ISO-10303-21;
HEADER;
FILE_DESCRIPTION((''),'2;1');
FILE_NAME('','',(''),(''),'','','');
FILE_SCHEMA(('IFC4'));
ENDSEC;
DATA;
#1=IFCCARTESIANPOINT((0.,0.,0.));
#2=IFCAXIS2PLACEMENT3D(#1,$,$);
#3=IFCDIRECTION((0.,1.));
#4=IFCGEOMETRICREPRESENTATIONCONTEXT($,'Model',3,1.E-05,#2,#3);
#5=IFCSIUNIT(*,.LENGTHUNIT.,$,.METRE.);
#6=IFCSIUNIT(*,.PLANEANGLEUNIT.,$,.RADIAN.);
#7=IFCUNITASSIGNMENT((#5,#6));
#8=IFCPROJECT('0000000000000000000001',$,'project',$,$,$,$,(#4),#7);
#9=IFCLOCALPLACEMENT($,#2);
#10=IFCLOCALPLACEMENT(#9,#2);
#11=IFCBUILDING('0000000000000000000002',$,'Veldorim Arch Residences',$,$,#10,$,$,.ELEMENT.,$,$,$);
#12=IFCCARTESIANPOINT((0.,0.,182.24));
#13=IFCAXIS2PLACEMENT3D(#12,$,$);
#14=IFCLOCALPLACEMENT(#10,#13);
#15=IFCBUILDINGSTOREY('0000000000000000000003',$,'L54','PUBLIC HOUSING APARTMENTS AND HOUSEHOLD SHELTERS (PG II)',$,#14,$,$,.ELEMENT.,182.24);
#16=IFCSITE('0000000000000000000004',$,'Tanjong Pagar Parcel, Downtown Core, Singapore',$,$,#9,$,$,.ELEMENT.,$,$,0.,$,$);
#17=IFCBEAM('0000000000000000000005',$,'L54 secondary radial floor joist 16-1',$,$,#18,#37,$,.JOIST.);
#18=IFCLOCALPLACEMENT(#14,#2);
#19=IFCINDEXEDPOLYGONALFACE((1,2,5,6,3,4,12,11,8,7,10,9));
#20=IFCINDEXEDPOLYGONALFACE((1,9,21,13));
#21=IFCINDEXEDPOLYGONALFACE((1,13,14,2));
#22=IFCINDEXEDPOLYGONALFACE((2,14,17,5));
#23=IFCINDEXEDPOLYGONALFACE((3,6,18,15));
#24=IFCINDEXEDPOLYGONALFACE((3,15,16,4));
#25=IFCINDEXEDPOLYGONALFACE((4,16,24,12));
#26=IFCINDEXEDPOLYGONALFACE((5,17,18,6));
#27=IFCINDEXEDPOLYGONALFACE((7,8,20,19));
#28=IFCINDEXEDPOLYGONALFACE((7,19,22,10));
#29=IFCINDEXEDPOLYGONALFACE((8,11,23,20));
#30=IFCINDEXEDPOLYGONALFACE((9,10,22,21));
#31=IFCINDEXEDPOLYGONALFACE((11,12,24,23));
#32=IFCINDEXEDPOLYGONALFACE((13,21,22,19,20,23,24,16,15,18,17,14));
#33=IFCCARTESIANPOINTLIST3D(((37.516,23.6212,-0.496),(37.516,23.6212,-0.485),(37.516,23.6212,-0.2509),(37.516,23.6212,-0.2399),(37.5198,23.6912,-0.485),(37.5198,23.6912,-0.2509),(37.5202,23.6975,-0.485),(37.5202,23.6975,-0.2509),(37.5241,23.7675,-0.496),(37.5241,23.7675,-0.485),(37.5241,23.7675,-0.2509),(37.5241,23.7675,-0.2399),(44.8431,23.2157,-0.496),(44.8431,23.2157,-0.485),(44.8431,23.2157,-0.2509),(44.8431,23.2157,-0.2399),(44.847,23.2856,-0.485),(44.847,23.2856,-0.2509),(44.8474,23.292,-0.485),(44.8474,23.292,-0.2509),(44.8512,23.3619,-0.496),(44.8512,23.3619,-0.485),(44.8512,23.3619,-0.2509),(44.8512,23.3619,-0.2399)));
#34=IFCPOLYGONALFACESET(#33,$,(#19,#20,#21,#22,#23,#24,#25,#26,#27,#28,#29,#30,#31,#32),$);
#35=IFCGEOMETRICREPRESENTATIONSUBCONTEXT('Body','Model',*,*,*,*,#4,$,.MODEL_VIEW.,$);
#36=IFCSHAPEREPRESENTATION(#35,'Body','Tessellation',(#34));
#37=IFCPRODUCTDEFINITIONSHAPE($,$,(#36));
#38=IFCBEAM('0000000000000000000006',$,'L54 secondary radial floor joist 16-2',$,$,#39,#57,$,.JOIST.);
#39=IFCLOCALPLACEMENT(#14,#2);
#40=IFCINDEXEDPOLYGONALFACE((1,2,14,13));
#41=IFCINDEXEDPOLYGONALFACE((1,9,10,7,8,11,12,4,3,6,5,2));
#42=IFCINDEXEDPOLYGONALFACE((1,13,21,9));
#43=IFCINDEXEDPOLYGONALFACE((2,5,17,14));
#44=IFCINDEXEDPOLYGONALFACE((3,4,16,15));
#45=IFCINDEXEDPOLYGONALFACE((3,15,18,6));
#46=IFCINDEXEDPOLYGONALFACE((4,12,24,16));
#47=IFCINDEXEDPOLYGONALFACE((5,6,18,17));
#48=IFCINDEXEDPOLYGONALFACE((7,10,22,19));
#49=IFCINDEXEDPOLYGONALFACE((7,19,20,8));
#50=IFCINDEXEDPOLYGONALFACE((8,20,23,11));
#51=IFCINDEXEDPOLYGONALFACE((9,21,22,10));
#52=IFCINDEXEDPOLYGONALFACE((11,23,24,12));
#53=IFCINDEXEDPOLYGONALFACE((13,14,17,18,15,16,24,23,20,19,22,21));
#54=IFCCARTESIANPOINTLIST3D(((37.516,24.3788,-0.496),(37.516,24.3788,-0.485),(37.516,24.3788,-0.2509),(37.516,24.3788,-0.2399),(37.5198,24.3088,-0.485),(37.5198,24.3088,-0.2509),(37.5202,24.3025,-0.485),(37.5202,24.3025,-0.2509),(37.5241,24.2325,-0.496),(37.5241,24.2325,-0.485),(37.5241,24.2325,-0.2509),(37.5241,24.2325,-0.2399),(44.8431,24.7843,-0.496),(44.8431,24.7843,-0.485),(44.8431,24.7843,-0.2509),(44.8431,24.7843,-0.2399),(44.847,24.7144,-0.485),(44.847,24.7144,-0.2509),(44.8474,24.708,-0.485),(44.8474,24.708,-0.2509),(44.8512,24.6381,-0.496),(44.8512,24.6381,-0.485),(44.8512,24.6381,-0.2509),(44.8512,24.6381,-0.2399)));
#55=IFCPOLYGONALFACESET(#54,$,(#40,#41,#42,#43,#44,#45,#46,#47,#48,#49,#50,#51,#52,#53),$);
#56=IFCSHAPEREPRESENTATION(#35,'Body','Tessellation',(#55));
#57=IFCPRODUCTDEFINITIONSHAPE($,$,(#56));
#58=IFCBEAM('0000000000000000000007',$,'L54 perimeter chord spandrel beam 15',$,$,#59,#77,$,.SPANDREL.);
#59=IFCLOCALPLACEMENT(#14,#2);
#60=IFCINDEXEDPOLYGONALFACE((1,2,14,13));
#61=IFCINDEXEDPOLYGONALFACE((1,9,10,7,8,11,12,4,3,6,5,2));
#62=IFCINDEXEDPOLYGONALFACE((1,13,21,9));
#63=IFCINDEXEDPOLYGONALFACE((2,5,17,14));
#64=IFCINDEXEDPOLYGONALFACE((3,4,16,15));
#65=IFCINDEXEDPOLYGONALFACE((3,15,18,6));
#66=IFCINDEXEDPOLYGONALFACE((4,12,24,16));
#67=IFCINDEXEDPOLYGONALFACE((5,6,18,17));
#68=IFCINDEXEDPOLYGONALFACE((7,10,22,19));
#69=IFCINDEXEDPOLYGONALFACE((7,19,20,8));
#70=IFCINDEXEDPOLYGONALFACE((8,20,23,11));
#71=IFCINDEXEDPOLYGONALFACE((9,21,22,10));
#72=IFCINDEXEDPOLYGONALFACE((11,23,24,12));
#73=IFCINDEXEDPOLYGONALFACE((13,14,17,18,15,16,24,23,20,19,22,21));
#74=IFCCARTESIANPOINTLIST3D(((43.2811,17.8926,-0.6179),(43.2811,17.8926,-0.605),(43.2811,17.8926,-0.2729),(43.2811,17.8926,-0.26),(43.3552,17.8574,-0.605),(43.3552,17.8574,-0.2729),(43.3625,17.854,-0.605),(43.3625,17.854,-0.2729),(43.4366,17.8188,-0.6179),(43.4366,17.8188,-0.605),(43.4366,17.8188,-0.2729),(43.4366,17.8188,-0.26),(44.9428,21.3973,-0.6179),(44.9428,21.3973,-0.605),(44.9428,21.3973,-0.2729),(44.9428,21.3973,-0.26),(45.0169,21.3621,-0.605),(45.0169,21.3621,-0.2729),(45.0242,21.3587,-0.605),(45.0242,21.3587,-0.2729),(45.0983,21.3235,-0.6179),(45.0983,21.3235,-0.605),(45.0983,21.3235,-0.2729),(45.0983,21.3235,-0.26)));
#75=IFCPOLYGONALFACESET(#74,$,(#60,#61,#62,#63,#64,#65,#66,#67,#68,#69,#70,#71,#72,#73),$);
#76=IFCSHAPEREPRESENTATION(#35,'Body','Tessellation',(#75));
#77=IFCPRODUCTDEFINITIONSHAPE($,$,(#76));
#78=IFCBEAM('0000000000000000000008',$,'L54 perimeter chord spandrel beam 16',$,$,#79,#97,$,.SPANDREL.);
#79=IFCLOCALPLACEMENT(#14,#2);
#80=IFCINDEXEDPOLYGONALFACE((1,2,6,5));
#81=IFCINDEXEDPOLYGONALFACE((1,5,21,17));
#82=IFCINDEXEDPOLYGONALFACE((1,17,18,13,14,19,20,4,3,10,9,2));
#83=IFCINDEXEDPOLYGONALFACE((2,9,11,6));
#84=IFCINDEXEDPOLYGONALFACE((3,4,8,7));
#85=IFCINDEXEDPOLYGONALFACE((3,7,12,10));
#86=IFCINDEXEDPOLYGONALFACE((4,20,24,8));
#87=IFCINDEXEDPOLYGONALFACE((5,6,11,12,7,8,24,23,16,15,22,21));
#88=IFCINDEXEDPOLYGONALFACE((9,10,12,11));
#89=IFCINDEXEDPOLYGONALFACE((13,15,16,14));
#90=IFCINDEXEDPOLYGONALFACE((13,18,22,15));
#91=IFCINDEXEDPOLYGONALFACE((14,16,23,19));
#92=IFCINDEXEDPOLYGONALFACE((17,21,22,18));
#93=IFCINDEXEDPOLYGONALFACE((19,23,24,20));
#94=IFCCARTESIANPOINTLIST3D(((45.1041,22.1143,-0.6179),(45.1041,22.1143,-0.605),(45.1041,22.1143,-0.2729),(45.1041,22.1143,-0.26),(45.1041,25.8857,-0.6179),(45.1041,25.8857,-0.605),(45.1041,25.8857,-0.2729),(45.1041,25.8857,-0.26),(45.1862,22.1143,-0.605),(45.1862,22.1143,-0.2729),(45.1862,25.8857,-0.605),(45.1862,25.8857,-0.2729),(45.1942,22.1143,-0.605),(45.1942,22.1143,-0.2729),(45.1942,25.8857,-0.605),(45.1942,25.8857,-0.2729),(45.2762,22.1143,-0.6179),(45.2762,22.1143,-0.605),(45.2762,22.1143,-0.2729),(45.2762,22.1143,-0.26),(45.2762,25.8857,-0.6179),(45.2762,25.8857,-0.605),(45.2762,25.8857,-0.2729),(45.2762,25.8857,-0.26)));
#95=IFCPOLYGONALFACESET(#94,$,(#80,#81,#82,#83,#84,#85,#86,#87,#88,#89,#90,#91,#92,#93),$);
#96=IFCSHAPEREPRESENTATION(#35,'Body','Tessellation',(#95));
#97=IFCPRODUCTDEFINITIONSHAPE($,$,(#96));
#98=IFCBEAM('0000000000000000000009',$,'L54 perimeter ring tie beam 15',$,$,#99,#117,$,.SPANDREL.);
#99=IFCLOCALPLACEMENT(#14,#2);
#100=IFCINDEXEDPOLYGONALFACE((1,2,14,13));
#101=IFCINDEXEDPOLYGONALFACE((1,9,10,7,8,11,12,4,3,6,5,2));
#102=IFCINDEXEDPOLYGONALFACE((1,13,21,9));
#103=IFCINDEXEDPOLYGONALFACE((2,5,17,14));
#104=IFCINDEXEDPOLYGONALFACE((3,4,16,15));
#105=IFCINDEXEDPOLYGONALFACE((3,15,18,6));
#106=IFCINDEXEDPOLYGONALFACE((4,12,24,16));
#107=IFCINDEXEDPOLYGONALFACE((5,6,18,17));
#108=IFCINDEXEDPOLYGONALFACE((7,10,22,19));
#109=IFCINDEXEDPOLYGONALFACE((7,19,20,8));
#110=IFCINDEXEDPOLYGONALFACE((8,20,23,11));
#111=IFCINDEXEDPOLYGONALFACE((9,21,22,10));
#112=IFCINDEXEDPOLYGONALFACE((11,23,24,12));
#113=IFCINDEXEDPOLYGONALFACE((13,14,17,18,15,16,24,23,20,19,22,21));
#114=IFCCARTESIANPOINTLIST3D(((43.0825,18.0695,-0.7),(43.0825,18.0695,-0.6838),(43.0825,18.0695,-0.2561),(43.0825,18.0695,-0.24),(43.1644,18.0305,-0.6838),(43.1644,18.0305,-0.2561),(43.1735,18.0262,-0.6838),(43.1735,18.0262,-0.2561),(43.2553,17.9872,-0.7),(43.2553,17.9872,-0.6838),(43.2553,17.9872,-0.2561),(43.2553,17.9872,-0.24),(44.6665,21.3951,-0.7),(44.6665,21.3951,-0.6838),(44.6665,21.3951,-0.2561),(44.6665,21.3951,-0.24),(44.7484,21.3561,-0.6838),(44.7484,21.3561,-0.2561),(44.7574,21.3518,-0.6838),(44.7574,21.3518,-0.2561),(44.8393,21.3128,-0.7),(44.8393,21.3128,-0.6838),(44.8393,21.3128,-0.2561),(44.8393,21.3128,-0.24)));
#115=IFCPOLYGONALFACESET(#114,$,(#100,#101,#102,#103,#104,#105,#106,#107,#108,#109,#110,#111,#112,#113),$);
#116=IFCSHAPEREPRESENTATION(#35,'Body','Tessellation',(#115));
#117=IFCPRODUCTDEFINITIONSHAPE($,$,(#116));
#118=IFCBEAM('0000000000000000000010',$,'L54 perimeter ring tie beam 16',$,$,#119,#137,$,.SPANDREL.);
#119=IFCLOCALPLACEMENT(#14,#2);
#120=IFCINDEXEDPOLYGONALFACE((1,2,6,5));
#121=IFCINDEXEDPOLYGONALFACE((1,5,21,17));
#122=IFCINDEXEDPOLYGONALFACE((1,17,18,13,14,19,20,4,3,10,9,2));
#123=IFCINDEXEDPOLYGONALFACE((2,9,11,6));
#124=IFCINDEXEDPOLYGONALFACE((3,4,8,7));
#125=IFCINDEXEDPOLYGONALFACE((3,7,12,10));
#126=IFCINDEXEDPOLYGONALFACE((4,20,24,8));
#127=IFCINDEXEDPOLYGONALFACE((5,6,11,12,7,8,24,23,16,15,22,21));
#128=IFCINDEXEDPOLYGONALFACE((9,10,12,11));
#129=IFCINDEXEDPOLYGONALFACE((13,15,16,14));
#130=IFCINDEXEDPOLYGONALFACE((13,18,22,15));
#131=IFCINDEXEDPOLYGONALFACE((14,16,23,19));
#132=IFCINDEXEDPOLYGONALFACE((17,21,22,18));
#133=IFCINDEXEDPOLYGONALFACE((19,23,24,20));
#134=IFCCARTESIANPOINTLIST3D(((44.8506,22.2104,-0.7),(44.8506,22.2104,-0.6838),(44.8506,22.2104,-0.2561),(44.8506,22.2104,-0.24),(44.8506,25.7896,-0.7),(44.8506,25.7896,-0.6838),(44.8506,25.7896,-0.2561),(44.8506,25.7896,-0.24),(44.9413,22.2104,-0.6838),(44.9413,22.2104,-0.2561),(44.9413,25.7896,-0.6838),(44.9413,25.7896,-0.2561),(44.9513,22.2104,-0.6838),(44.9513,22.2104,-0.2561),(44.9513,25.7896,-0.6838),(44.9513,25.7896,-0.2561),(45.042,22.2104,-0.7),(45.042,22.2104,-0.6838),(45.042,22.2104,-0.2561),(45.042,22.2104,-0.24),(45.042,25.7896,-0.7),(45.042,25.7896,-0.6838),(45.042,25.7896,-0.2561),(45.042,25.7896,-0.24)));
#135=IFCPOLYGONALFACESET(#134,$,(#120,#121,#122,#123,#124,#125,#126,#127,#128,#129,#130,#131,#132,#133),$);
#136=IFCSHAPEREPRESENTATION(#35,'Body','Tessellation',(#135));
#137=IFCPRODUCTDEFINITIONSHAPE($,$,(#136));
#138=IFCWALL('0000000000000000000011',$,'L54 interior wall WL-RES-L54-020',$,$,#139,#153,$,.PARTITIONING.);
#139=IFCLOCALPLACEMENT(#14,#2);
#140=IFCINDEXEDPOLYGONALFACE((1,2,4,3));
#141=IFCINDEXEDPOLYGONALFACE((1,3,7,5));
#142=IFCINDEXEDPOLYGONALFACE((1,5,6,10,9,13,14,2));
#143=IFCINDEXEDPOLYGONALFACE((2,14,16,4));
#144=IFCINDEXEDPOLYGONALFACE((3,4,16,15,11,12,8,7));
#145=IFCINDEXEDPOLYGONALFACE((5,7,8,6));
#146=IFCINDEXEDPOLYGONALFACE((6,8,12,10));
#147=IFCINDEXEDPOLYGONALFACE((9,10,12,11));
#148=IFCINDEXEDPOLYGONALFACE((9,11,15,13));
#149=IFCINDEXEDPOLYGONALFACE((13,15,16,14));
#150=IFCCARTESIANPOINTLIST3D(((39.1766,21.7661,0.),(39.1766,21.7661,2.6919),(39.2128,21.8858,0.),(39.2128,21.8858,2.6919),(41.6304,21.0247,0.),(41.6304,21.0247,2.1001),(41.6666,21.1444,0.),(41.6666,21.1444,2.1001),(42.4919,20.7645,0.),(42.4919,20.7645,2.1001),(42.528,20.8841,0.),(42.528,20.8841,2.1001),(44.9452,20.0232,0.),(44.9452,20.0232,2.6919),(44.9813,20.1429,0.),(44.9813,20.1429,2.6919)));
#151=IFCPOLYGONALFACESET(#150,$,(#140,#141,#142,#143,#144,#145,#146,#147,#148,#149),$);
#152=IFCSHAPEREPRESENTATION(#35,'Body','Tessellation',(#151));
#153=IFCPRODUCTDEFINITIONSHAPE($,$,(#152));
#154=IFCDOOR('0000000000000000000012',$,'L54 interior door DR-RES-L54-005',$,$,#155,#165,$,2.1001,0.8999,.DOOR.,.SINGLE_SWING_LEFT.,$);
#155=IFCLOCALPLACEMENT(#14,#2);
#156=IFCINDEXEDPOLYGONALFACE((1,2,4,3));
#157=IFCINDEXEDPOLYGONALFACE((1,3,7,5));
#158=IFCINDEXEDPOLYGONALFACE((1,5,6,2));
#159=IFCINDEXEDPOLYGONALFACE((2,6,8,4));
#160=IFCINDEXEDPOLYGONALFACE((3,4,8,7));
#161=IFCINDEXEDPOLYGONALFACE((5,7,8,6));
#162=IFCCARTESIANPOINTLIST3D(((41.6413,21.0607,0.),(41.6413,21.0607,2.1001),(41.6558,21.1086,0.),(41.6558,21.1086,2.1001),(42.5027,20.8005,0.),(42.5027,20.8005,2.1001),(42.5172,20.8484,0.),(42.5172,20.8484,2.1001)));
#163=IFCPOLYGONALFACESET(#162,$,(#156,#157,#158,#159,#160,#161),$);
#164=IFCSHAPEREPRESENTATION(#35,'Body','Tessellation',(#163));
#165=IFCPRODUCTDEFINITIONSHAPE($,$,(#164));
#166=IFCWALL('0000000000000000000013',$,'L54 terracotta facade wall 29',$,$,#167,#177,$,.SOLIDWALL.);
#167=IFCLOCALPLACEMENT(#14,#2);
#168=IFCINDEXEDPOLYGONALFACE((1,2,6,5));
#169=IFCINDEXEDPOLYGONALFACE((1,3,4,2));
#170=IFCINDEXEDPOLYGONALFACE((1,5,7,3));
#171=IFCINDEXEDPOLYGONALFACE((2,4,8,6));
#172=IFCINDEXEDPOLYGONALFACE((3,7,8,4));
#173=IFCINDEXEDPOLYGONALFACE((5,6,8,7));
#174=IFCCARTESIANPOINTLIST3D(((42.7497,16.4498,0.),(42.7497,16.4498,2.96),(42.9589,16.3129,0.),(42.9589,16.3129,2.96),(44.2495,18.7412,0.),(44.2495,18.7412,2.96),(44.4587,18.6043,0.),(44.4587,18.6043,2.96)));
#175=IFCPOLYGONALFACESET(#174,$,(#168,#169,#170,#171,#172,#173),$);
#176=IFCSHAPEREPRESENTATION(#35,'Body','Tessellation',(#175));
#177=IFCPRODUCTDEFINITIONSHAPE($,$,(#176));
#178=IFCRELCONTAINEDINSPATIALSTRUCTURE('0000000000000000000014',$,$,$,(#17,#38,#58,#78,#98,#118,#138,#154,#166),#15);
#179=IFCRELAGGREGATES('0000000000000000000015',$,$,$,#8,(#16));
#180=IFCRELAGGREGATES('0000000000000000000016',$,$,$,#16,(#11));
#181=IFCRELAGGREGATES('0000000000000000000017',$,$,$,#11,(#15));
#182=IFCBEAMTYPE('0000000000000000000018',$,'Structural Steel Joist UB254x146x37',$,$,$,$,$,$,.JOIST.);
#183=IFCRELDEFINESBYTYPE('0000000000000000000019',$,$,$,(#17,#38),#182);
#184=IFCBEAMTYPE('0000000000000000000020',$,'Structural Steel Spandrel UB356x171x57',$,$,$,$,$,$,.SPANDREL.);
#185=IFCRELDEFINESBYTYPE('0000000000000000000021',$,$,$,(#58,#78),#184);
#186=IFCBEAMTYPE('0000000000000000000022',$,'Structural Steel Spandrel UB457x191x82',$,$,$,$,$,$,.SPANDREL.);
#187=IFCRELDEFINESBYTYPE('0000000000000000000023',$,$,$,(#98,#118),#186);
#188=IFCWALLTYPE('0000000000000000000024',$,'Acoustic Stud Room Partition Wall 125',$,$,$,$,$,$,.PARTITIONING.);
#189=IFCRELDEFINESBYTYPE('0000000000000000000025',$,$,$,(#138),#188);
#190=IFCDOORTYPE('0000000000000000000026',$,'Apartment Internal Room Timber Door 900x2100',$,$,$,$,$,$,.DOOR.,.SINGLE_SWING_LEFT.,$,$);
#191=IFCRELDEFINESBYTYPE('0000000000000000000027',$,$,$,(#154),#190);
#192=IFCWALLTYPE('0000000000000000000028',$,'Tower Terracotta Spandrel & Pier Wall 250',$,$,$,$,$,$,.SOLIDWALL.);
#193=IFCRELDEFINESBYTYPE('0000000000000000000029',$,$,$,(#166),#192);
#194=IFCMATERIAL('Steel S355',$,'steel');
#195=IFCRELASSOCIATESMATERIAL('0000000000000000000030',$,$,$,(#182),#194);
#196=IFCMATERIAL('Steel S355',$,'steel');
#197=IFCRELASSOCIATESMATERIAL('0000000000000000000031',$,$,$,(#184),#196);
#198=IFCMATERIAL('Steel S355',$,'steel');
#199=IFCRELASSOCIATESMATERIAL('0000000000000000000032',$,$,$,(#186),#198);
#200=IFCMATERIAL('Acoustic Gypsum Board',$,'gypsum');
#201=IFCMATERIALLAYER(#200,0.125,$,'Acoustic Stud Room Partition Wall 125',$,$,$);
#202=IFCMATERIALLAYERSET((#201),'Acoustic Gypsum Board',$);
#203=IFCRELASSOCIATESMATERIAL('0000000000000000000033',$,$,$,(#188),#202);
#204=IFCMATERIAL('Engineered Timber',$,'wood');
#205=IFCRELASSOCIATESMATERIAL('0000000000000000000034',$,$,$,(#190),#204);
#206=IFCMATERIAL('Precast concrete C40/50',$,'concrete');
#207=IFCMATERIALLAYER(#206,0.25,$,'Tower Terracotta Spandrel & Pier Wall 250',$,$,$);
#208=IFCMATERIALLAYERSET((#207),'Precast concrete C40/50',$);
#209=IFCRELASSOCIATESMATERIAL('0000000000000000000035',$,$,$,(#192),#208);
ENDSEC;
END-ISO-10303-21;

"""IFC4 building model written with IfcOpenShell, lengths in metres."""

from ifc_helpers import new_model, si_unit, direction, frame, frame_2d, origin, origin_2d, place, context, subcontext, project, spatial, rectangle, i_section, extrude, material, layer, layer_set, material_profile, profile_set, type_object, element, fill, save


model = new_model("IFC4")

# Units and contexts
model_context = context("Model", 3, precision=1e-05, world=origin(), true_north=direction((0.0, 1.0)))
body_context = subcontext(model_context, "Body", "Model", "MODEL_VIEW")
ifc_project = project(units=[si_unit("LENGTHUNIT", "METRE"), si_unit("PLANEANGLEUNIT", "RADIAN")], contexts=[model_context])

# Site, building, storey
site_placement = place(None, origin())
site = spatial("IfcSite", under=ifc_project, at=site_placement, Name="Tanjong Pagar Parcel, Downtown Core, Singapore", CompositionType="ELEMENT", RefElevation=0.0)
building_placement = place(site_placement, origin())
building = spatial("IfcBuilding", under=site, at=building_placement, Name="Veldorim Arch Residences", CompositionType="ELEMENT")
storey_placement = place(building_placement, frame((0.0, 0.0, 182.24)))
storey = spatial("IfcBuildingStorey", under=building, at=storey_placement, Name="L54", Description="PUBLIC HOUSING APARTMENTS AND HOUSEHOLD SHELTERS (PG II)", CompositionType="ELEMENT", Elevation=182.24)

# Beams
ifc_material_1 = material(Name="Steel S355", Category="steel")
ifc_material_profile_1 = material_profile(ifc_material_1, i_section(OverallWidth=0.1465, OverallDepth=0.2561, WebThickness=0.0063, FlangeThickness=0.011, at=origin_2d()), Name="UB254x146x37")
ifc_profile_set_1 = profile_set([ifc_material_profile_1], Name="Steel S355")
beam_type_1 = type_object("IfcBeamType", Name="Structural Steel Joist UB254x146x37", PredefinedType="JOIST", material=ifc_profile_set_1)
for number, where, z_axis, x_axis, name in (
    (1, (37.52, 23.6943, -0.3679), (0.998472, -0.05526, 0.0), (0.05526, 0.998472, 0.0), "L54 secondary radial floor joist 16-1"),
    (2, (37.52, 24.3057, -0.3679), (0.998472, 0.05526, 0.0), (-0.05526, 0.998472, 0.0), "L54 secondary radial floor joist 16-2"),
):
    element("IfcBeam", number, at=place(storey_placement, frame(where, z_axis=z_axis, x_axis=x_axis)), inside=storey, type_object=beam_type_1, Name=name, PredefinedType="JOIST", context=body_context, shape_type="SweptSolid", body=[
        extrude(i_section(OverallWidth=0.1465, OverallDepth=0.2561, WebThickness=0.0063, FlangeThickness=0.011, at=origin_2d()), origin(), (0.0, 0.0, 1.0), 7.3384),
    ])
ifc_material_2 = material(Name="Steel S355", Category="steel")
ifc_material_profile_2 = material_profile(ifc_material_2, i_section(OverallWidth=0.1721, OverallDepth=0.3579, WebThickness=0.0081, FlangeThickness=0.0129, at=origin_2d()), Name="UB356x171x57")
ifc_profile_set_2 = profile_set([ifc_material_profile_2], Name="Steel S355")
beam_type_2 = type_object("IfcBeamType", Name="Structural Steel Spandrel UB356x171x57", PredefinedType="SPANDREL", material=ifc_profile_set_2)
beam_1_placement = place(storey_placement, frame((43.3589, 17.8557, -0.439), z_axis=(0.428408, 0.903585, 0.0), x_axis=(-0.903585, 0.428408, 0.0)))
element("IfcBeam", 3, at=beam_1_placement, inside=storey, type_object=beam_type_2, Name="L54 perimeter chord spandrel beam 15", PredefinedType="SPANDREL", context=body_context, shape_type="SweptSolid", body=[
    extrude(i_section(OverallWidth=0.1721, OverallDepth=0.3579, WebThickness=0.0081, FlangeThickness=0.0129, at=origin_2d()), origin(), (0.0, 0.0, 1.0), 3.8787),
])
beam_2_placement = place(storey_placement, frame((45.1902, 22.1143, -0.439), z_axis=(0.0, 1.0, 0.0), x_axis=(-1.0, 0.0, 0.0)))
element("IfcBeam", 4, at=beam_2_placement, inside=storey, type_object=beam_type_2, Name="L54 perimeter chord spandrel beam 16", PredefinedType="SPANDREL", context=body_context, shape_type="SweptSolid", body=[
    extrude(i_section(OverallWidth=0.1721, OverallDepth=0.3579, WebThickness=0.0081, FlangeThickness=0.0129, at=origin_2d()), origin(), (0.0, 0.0, 1.0), 3.7715),
])
ifc_material_3 = material(Name="Steel S355", Category="steel")
ifc_material_profile_3 = material_profile(ifc_material_3, i_section(OverallWidth=0.1914, OverallDepth=0.46, WebThickness=0.01, FlangeThickness=0.0161, at=origin_2d()), Name="UB457x191x82")
ifc_profile_set_3 = profile_set([ifc_material_profile_3], Name="Steel S355")
beam_type_3 = type_object("IfcBeamType", Name="Structural Steel Spandrel UB457x191x82", PredefinedType="SPANDREL", material=ifc_profile_set_3)
beam_3_placement = place(storey_placement, frame((43.1689, 18.0283, -0.47), z_axis=(0.430006, 0.902826, 0.0), x_axis=(-0.902826, 0.430006, 0.0)))
element("IfcBeam", 5, at=beam_3_placement, inside=storey, type_object=beam_type_3, Name="L54 perimeter ring tie beam 15", PredefinedType="SPANDREL", context=body_context, shape_type="SweptSolid", body=[
    extrude(i_section(OverallWidth=0.1914, OverallDepth=0.46, WebThickness=0.01, FlangeThickness=0.0161, at=origin_2d()), origin(), (0.0, 0.0, 1.0), 3.6836),
])
beam_4_placement = place(storey_placement, frame((44.9463, 22.2104, -0.47), z_axis=(0.0, 1.0, 0.0), x_axis=(-1.0, 0.0, 0.0)))
element("IfcBeam", 6, at=beam_4_placement, inside=storey, type_object=beam_type_3, Name="L54 perimeter ring tie beam 16", PredefinedType="SPANDREL", context=body_context, shape_type="SweptSolid", body=[
    extrude(i_section(OverallWidth=0.1914, OverallDepth=0.46, WebThickness=0.01, FlangeThickness=0.0161, at=origin_2d()), origin(), (0.0, 0.0, 1.0), 3.5791),
])

# Wall, opening, door
ifc_material_4 = material(Name="Acoustic Gypsum Board", Category="gypsum")
ifc_layer_1 = layer(ifc_material_4, 0.125, Name="Acoustic Stud Room Partition Wall 125")
ifc_layer_set_1 = layer_set([ifc_layer_1], Name="Acoustic Gypsum Board")
wall_type_1 = type_object("IfcWallType", Name="Acoustic Stud Room Partition Wall 125", PredefinedType="PARTITIONING", material=ifc_layer_set_1)
wall_1_placement = place(storey_placement, frame((44.9634, 20.083, 0.0), z_axis=(0.0, 0.0, 1.0), x_axis=(-0.95726, 0.289228, 0.0)))
wall_1 = element("IfcWall", 7, at=wall_1_placement, inside=storey, type_object=wall_type_1, Name="L54 interior wall WL-RES-L54-020", PredefinedType="PARTITIONING", context=body_context, shape_type="SweptSolid", body=[
    extrude(rectangle(XDim=6.0261, YDim=0.125, at=frame_2d((3.0132, 0.0))), origin(), (0.0, 0.0, 1.0), 2.6919),
])
opening_1_placement = place(wall_1_placement, frame((2.563, 0.0, 0.0)))
opening_1 = element("IfcOpeningElement", 8, at=opening_1_placement, cuts=wall_1, PredefinedType="OPENING", context=body_context, shape_type="SweptSolid", body=[
    extrude(rectangle(XDim=0.8999, YDim=2.1001, at=frame_2d((0.45, 1.05))), frame((0.0, 0.0725, 0.0), z_axis=(0.0, -1.0, 0.0), x_axis=(1.0, 0.0, 0.0)), (0.0, 0.0, 1.0), 0.145),
])
ifc_material_5 = material(Name="Engineered Timber", Category="wood")
door_type_1 = type_object("IfcDoorType", Name="Apartment Internal Room Timber Door 900x2100", OperationType="SINGLE_SWING_LEFT", PredefinedType="DOOR", material=ifc_material_5)
door_1_placement = place(opening_1_placement, origin())
door_1 = element("IfcDoor", 9, at=door_1_placement, inside=storey, type_object=door_type_1, Name="L54 interior door DR-RES-L54-005", OperationType="SINGLE_SWING_LEFT", OverallHeight=2.1001, OverallWidth=0.8999, PredefinedType="DOOR", context=body_context, shape_type="SweptSolid", body=[
    extrude(rectangle(XDim=0.8999, YDim=2.1001, at=frame_2d((0.45, 1.05))), frame((0.0, 0.0249, 0.0), z_axis=(0.0, -1.0, 0.0), x_axis=(1.0, 0.0, 0.0)), (0.0, 0.0, 1.0), 0.05),
])
fill(opening_1, door_1)

# Wall
ifc_material_6 = material(Name="Precast concrete C40/50", Category="concrete")
ifc_layer_2 = layer(ifc_material_6, 0.25, Name="Tower Terracotta Spandrel & Pier Wall 250")
ifc_layer_set_2 = layer_set([ifc_layer_2], Name="Precast concrete C40/50")
wall_type_2 = type_object("IfcWallType", Name="Tower Terracotta Spandrel & Pier Wall 250", PredefinedType="SOLIDWALL", material=ifc_layer_set_2)
wall_2_placement = place(storey_placement, frame((44.354, 18.6726, 0.0), z_axis=(0.0, 0.0, 1.0), x_axis=(-0.547665, -0.836698, 0.0)))
element("IfcWall", 10, at=wall_2_placement, inside=storey, type_object=wall_type_2, Name="L54 terracotta facade wall 29", PredefinedType="SOLIDWALL", context=body_context, shape_type="SweptSolid", body=[
    extrude(rectangle(XDim=2.7385, YDim=0.25, at=frame_2d((1.3691, 0.0))), origin(), (0.0, 0.0, 1.0), 2.96),
])

save(model, "model.ifc")
